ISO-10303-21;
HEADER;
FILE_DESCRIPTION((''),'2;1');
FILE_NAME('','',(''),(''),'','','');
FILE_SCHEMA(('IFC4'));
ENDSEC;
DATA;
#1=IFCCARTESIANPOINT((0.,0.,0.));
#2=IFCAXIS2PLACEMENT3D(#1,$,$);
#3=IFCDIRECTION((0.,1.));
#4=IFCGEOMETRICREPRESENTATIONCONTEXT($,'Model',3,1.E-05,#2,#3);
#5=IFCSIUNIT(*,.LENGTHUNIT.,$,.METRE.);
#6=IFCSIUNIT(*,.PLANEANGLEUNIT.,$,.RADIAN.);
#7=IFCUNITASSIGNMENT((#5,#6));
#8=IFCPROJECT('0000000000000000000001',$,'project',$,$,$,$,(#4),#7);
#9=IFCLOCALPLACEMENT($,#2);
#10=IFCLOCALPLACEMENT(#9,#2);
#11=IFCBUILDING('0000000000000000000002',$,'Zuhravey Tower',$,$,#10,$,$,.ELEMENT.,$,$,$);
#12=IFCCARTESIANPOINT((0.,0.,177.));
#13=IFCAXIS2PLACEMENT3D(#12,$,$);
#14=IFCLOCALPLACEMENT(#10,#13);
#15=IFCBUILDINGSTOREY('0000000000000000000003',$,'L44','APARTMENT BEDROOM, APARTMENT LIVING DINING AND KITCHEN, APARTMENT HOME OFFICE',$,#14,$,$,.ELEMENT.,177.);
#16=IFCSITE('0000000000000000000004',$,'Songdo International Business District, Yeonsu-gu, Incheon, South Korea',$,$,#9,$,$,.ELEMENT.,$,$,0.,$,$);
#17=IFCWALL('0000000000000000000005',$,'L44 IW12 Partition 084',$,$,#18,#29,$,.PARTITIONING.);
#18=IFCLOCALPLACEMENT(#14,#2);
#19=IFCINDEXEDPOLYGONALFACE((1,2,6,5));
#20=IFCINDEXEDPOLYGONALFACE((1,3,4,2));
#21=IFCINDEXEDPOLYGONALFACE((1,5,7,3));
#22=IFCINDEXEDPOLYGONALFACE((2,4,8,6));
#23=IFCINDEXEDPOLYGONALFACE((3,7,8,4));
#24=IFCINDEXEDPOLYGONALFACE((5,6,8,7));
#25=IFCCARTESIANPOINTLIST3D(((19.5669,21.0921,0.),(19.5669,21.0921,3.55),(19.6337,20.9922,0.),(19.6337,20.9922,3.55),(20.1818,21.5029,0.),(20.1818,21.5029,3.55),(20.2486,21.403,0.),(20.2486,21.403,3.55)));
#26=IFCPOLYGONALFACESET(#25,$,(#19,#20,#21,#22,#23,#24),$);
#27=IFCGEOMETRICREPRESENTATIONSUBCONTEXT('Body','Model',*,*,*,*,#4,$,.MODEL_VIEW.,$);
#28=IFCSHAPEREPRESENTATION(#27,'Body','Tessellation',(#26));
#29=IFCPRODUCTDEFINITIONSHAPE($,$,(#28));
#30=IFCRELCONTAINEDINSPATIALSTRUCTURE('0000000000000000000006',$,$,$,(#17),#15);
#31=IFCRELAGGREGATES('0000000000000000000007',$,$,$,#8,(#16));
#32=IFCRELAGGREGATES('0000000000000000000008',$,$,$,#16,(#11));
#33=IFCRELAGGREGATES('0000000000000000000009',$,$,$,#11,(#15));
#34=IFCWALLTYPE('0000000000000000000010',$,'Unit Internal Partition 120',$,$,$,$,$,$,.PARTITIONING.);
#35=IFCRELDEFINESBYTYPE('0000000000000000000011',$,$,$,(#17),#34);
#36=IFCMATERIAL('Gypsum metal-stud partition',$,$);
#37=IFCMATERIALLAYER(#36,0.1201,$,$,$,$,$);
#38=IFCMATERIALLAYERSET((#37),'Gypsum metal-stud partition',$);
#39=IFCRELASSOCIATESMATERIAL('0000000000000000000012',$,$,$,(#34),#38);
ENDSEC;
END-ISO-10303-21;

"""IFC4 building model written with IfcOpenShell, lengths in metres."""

from ifc_helpers import new_model, si_unit, direction, frame, frame_2d, origin, place, context, subcontext, project, spatial, rectangle, extrude, material, layer, layer_set, type_object, element, save


model = new_model("IFC4")

# Units and contexts
model_context = context("Model", 3, precision=1e-05, world=origin(), true_north=direction((0.0, 1.0)))
body_context = subcontext(model_context, "Body", "Model", "MODEL_VIEW")
ifc_project = project(units=[si_unit("LENGTHUNIT", "METRE"), si_unit("PLANEANGLEUNIT", "RADIAN")], contexts=[model_context])

# Site, building, storey
site_placement = place(None, origin())
site = spatial("IfcSite", under=ifc_project, at=site_placement, Name="Songdo International Business District, Yeonsu-gu, Incheon, South Korea", CompositionType="ELEMENT", RefElevation=0.0)
building_placement = place(site_placement, origin())
building = spatial("IfcBuilding", under=site, at=building_placement, Name="Zuhravey Tower", CompositionType="ELEMENT")
storey_placement = place(building_placement, frame((0.0, 0.0, 177.0)))
storey = spatial("IfcBuildingStorey", under=building, at=storey_placement, Name="L44", Description="APARTMENT BEDROOM, APARTMENT LIVING DINING AND KITCHEN, APARTMENT HOME OFFICE", CompositionType="ELEMENT", Elevation=177.0)

# Shared definitions
ifc_material_1 = material(Name="Gypsum metal-stud partition")
ifc_layer_1 = layer(ifc_material_1, 0.1201)
ifc_layer_set_1 = layer_set([ifc_layer_1], Name="Gypsum metal-stud partition")
wall_type_1 = type_object("IfcWallType", Name="Unit Internal Partition 120", PredefinedType="PARTITIONING", material=ifc_layer_set_1)

# Wall
wall_1_placement = place(storey_placement, frame((20.2151, 21.4529, 0.0), z_axis=(0.0, 0.0, 1.0), x_axis=(-0.831491, -0.555538, 0.0)))
element("IfcWall", 1, at=wall_1_placement, inside=storey, type_object=wall_type_1, Name="L44 IW12 Partition 084", PredefinedType="PARTITIONING", context=body_context, shape_type="SweptSolid", body=[
    extrude(rectangle(XDim=0.7395, YDim=0.1201, at=frame_2d((0.3696, 0.0))), origin(), (0.0, 0.0, 1.0), 3.55),
])

save(model, "model.ifc")
